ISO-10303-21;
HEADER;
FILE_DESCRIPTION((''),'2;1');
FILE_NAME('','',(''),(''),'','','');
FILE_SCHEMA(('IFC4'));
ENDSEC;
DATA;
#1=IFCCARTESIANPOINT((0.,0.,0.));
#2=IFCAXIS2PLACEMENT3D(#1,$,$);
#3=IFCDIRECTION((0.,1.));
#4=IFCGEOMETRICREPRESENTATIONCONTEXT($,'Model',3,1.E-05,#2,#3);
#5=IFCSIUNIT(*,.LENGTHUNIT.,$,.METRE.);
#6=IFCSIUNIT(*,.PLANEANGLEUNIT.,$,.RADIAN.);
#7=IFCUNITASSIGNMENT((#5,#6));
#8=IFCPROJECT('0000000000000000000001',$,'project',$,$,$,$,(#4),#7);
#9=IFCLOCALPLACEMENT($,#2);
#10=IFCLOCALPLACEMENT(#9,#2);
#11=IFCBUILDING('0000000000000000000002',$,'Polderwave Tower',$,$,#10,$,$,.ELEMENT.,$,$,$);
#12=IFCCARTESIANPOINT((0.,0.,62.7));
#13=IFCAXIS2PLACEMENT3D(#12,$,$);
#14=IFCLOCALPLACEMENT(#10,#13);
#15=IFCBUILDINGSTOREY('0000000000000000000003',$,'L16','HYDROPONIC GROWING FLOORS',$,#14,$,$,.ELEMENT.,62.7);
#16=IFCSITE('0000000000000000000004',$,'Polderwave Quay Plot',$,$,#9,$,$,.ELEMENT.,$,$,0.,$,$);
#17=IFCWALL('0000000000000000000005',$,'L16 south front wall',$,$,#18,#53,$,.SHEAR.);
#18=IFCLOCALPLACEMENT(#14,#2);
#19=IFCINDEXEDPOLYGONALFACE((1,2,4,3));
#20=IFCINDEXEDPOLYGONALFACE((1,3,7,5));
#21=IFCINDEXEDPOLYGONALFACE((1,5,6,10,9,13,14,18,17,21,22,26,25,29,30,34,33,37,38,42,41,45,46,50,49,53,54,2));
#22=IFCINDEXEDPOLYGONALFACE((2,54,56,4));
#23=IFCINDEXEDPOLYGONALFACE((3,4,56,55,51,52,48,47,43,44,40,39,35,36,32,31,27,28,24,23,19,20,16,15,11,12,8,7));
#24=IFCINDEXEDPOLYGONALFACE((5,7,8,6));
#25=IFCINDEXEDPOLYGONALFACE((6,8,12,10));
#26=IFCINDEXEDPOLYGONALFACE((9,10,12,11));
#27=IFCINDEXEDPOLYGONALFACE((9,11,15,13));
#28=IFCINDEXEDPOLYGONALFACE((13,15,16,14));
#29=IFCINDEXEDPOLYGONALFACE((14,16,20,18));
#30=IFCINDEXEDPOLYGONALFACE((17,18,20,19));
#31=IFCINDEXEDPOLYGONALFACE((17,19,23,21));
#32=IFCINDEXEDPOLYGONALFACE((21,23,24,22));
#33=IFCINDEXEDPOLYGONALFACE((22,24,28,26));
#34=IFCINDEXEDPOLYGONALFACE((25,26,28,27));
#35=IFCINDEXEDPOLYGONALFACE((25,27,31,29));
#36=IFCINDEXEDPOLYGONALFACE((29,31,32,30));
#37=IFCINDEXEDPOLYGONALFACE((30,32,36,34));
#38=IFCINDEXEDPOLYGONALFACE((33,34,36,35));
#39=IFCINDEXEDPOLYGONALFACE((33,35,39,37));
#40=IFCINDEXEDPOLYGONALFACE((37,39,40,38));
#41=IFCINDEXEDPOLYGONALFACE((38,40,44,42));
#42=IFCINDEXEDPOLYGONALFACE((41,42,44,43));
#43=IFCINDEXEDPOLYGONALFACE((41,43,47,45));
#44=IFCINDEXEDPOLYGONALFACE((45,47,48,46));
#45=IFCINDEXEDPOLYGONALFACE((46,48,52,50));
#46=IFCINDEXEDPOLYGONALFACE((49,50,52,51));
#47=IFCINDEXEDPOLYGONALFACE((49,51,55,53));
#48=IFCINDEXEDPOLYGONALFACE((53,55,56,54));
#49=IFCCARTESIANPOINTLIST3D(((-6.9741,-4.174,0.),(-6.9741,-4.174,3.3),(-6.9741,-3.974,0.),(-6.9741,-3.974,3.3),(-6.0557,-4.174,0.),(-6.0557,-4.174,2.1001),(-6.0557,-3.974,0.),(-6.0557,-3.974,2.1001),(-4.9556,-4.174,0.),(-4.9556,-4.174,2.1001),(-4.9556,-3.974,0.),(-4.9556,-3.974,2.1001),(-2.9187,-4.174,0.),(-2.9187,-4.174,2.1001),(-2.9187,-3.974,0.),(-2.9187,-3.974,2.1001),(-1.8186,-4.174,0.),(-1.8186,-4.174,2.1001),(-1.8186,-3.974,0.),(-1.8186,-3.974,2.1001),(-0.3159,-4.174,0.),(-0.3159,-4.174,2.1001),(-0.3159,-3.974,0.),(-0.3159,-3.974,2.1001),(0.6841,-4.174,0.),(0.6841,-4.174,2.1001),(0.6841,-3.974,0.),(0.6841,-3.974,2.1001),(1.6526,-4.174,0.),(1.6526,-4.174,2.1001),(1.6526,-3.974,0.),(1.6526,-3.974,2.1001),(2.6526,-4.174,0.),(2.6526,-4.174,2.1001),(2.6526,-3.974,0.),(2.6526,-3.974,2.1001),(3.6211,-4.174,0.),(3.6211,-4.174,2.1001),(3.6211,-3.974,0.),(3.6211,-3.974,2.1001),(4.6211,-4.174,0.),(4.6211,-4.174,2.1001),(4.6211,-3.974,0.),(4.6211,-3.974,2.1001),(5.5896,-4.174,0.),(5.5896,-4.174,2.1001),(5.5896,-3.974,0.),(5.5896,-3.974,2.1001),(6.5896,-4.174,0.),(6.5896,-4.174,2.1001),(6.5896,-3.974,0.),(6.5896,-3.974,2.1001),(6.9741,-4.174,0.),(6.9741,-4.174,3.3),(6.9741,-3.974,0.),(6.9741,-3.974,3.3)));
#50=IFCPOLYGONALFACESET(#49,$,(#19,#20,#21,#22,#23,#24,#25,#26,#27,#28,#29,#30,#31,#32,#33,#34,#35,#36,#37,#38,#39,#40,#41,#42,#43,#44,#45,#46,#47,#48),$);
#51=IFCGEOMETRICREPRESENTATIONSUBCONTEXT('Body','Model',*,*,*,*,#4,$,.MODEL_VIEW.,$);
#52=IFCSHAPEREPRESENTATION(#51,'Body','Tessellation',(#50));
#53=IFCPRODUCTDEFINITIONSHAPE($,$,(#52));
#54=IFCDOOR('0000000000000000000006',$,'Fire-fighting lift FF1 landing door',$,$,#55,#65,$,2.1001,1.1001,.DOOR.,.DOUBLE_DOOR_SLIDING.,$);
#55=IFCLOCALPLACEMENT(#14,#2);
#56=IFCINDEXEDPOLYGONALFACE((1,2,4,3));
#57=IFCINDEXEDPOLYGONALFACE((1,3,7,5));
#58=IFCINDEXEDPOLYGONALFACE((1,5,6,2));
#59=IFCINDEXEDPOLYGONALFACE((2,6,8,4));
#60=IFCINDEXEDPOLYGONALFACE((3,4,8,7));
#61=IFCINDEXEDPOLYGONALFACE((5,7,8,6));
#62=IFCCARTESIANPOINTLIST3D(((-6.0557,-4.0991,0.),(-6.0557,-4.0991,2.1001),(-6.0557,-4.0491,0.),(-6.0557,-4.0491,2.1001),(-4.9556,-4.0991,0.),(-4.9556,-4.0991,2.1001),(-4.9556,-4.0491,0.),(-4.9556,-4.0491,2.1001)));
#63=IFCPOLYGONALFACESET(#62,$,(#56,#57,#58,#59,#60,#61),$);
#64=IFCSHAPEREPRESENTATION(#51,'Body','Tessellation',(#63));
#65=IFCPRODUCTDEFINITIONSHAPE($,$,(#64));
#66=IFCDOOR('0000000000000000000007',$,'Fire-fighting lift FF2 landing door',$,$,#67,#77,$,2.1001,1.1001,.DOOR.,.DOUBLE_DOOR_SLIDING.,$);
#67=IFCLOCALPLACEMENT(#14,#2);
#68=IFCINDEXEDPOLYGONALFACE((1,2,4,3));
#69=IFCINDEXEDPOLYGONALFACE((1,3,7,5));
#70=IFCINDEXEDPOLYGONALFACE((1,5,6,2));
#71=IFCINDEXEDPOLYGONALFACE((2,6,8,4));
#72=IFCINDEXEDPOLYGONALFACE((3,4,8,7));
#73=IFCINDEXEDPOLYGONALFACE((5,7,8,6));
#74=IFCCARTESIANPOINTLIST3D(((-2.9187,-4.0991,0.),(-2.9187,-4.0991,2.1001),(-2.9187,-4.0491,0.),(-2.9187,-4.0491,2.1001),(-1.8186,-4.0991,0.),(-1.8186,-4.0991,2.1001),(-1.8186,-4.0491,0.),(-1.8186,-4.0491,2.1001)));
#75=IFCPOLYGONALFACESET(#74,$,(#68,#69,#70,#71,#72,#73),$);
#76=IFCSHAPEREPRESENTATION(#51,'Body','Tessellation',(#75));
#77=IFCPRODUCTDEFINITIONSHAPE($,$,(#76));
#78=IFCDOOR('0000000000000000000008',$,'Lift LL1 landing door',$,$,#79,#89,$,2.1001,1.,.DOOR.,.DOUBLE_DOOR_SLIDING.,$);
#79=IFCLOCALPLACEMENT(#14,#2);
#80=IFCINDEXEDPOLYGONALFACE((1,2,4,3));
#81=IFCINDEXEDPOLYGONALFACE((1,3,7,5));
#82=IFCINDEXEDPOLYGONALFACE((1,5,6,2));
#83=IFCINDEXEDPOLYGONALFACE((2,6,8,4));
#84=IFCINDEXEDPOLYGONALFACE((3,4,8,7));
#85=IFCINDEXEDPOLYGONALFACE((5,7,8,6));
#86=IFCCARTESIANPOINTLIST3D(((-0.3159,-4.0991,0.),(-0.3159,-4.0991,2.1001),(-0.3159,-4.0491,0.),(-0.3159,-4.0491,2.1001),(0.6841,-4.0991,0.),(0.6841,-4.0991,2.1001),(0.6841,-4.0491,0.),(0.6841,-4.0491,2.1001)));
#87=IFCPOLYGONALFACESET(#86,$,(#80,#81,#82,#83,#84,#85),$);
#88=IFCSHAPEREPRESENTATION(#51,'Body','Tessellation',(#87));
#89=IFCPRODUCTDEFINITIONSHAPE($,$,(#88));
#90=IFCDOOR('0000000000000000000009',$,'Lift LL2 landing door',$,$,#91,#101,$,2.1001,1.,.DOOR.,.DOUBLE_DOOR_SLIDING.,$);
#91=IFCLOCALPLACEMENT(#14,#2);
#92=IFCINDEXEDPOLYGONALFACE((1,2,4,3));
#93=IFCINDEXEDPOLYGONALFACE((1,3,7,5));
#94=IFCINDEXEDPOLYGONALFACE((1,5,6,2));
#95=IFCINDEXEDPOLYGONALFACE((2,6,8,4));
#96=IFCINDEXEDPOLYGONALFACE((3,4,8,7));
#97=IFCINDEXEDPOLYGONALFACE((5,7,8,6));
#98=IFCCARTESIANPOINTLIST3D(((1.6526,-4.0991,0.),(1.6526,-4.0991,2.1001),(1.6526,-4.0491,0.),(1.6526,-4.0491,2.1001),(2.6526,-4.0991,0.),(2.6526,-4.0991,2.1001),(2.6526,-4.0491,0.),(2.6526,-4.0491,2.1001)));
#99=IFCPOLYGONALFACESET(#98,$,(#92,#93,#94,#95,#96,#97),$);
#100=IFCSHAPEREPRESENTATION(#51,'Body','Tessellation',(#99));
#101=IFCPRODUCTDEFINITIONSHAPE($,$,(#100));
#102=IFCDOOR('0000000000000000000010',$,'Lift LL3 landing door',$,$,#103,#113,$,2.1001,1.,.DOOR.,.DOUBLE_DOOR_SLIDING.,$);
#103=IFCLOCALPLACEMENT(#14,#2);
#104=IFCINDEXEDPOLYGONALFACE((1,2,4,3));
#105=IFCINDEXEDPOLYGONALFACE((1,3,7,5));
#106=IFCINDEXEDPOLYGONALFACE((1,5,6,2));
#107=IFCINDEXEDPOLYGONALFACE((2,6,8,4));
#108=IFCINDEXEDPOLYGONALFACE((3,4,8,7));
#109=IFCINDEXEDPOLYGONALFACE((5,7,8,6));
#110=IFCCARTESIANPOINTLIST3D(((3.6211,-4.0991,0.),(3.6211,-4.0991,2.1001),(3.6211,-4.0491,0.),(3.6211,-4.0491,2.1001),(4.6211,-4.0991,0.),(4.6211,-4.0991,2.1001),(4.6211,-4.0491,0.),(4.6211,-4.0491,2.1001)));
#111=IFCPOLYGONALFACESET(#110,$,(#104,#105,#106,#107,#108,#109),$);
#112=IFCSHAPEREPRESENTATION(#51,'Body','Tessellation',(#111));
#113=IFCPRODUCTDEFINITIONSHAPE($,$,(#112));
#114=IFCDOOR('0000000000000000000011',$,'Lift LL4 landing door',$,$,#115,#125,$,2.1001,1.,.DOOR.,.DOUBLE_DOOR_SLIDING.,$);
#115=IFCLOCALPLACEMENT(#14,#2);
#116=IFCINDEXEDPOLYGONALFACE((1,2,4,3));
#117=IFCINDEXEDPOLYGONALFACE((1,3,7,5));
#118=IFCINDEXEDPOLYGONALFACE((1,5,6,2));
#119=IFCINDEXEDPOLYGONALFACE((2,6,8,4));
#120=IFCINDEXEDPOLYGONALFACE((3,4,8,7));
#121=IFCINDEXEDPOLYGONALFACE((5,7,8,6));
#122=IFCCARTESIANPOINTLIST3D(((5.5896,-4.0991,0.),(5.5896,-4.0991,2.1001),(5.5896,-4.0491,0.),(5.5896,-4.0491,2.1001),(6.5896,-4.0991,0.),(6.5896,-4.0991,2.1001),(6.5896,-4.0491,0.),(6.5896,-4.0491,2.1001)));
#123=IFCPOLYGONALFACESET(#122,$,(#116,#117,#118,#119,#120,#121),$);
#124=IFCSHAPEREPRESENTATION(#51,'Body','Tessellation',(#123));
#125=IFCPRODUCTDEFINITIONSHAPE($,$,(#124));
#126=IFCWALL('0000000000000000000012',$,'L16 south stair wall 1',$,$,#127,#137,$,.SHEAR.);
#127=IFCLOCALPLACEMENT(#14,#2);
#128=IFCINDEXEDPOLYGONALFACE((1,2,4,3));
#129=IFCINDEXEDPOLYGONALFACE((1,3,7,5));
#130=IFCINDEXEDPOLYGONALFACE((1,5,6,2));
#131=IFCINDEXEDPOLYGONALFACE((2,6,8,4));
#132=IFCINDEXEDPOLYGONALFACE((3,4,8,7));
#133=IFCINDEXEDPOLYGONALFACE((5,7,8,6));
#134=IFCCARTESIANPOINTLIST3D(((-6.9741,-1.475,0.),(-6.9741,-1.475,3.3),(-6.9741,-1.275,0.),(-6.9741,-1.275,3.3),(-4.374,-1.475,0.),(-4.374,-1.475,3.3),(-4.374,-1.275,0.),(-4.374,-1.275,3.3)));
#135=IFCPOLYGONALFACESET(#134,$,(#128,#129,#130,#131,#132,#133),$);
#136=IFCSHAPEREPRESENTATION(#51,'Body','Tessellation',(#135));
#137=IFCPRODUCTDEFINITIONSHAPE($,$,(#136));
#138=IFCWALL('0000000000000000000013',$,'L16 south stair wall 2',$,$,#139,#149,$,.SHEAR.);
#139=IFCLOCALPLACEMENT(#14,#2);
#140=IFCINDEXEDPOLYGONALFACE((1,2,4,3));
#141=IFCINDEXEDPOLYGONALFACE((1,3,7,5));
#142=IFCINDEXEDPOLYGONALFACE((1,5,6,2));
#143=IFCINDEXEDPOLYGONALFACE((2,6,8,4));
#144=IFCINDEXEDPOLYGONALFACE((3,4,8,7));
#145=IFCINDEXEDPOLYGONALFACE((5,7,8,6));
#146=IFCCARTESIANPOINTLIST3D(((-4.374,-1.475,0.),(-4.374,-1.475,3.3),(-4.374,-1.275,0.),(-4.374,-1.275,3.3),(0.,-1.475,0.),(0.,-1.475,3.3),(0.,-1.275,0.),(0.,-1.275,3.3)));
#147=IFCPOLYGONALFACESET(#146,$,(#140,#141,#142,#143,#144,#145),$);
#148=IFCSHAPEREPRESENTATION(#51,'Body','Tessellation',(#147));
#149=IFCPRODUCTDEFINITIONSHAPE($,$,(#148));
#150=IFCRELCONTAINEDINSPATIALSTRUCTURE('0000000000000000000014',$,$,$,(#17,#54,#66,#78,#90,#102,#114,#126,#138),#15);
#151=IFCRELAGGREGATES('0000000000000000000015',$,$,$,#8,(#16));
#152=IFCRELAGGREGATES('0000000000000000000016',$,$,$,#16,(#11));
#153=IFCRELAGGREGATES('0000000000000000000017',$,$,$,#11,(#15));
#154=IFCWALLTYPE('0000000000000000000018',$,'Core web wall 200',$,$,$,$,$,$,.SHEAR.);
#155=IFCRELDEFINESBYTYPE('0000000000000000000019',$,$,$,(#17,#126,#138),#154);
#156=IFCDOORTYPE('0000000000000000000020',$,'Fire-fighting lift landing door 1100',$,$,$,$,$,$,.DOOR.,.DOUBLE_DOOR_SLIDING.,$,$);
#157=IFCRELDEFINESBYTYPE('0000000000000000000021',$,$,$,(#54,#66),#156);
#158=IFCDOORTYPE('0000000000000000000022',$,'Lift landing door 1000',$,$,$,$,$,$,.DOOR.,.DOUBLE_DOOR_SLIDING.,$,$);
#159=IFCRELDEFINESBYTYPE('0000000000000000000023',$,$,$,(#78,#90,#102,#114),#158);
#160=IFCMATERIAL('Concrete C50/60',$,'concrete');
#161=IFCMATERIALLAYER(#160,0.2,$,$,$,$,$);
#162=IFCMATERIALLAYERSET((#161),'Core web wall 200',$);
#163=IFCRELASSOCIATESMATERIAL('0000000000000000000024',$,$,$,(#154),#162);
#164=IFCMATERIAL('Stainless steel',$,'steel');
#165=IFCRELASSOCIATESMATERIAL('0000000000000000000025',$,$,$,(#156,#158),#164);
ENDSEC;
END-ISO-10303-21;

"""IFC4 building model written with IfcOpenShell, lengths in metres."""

from ifc_helpers import new_model, si_unit, direction, frame, frame_2d, origin, place, context, subcontext, project, spatial, rectangle, extrude, material, layer, layer_set, type_object, element, fill, save


model = new_model("IFC4")

# Units and contexts
model_context = context("Model", 3, precision=1e-05, world=origin(), true_north=direction((0.0, 1.0)))
body_context = subcontext(model_context, "Body", "Model", "MODEL_VIEW")
ifc_project = project(units=[si_unit("LENGTHUNIT", "METRE"), si_unit("PLANEANGLEUNIT", "RADIAN")], contexts=[model_context])

# Site, building, storey
site_placement = place(None, origin())
site = spatial("IfcSite", under=ifc_project, at=site_placement, Name="Polderwave Quay Plot", CompositionType="ELEMENT", RefElevation=0.0)
building_placement = place(site_placement, origin())
building = spatial("IfcBuilding", under=site, at=building_placement, Name="Polderwave Tower", CompositionType="ELEMENT")
storey_placement = place(building_placement, frame((0.0, 0.0, 62.7)))
storey = spatial("IfcBuildingStorey", under=building, at=storey_placement, Name="L16", Description="HYDROPONIC GROWING FLOORS", CompositionType="ELEMENT", Elevation=62.7)

# Wall, openings, doors
ifc_material_1 = material(Name="Concrete C50/60", Category="concrete")
ifc_layer_1 = layer(ifc_material_1, 0.2)
ifc_layer_set_1 = layer_set([ifc_layer_1], Name="Core web wall 200")
wall_type_1 = type_object("IfcWallType", Name="Core web wall 200", PredefinedType="SHEAR", material=ifc_layer_set_1)
wall_1_placement = place(storey_placement, frame((-6.9741, -4.074, 0.0), z_axis=(0.0, 0.0, 1.0), x_axis=(1.0, 0.0, 0.0)))
wall_1 = element("IfcWall", 1, at=wall_1_placement, inside=storey, type_object=wall_type_1, Name="L16 south front wall", PredefinedType="SHEAR", context=body_context, shape_type="SweptSolid", body=[
    extrude(rectangle(XDim=13.9482, YDim=0.2, at=frame_2d((6.9741, 0.0))), origin(), (0.0, 0.0, 1.0), 3.3),
])
opening_1_placement = place(wall_1_placement, frame((0.9185, 0.0, 0.0)))
opening_1 = element("IfcOpeningElement", 2, at=opening_1_placement, cuts=wall_1, PredefinedType="OPENING", context=body_context, shape_type="SweptSolid", body=[
    extrude(rectangle(XDim=1.1001, YDim=2.1001, at=frame_2d((0.55, 1.05))), frame((0.0, 0.1099, 0.0), z_axis=(0.0, -1.0, 0.0), x_axis=(1.0, 0.0, 0.0)), (0.0, 0.0, 1.0), 0.22),
])
opening_2_placement = place(wall_1_placement, frame((4.0554, 0.0, 0.0)))
opening_2 = element("IfcOpeningElement", 3, at=opening_2_placement, cuts=wall_1, PredefinedType="OPENING", context=body_context, shape_type="SweptSolid", body=[
    extrude(rectangle(XDim=1.1001, YDim=2.1001, at=frame_2d((0.55, 1.05))), frame((0.0, 0.1099, 0.0), z_axis=(0.0, -1.0, 0.0), x_axis=(1.0, 0.0, 0.0)), (0.0, 0.0, 1.0), 0.22),
])
opening_3_placement = place(wall_1_placement, frame((6.6582, 0.0, 0.0)))
opening_3 = element("IfcOpeningElement", 4, at=opening_3_placement, cuts=wall_1, PredefinedType="OPENING", context=body_context, shape_type="SweptSolid", body=[
    extrude(rectangle(XDim=1.0, YDim=2.1001, at=frame_2d((0.5, 1.05))), frame((0.0, 0.1099, 0.0), z_axis=(0.0, -1.0, 0.0), x_axis=(1.0, 0.0, 0.0)), (0.0, 0.0, 1.0), 0.22),
])
opening_4_placement = place(wall_1_placement, frame((8.6267, 0.0, 0.0)))
opening_4 = element("IfcOpeningElement", 5, at=opening_4_placement, cuts=wall_1, PredefinedType="OPENING", context=body_context, shape_type="SweptSolid", body=[
    extrude(rectangle(XDim=1.0, YDim=2.1001, at=frame_2d((0.5, 1.05))), frame((0.0, 0.1099, 0.0), z_axis=(0.0, -1.0, 0.0), x_axis=(1.0, 0.0, 0.0)), (0.0, 0.0, 1.0), 0.22),
])
opening_5_placement = place(wall_1_placement, frame((10.5952, 0.0, 0.0)))
opening_5 = element("IfcOpeningElement", 6, at=opening_5_placement, cuts=wall_1, PredefinedType="OPENING", context=body_context, shape_type="SweptSolid", body=[
    extrude(rectangle(XDim=1.0, YDim=2.1001, at=frame_2d((0.5, 1.05))), frame((0.0, 0.1099, 0.0), z_axis=(0.0, -1.0, 0.0), x_axis=(1.0, 0.0, 0.0)), (0.0, 0.0, 1.0), 0.22),
])
opening_6_placement = place(wall_1_placement, frame((12.5637, 0.0, 0.0)))
opening_6 = element("IfcOpeningElement", 7, at=opening_6_placement, cuts=wall_1, PredefinedType="OPENING", context=body_context, shape_type="SweptSolid", body=[
    extrude(rectangle(XDim=1.0, YDim=2.1001, at=frame_2d((0.5, 1.05))), frame((0.0, 0.1099, 0.0), z_axis=(0.0, -1.0, 0.0), x_axis=(1.0, 0.0, 0.0)), (0.0, 0.0, 1.0), 0.22),
])
ifc_material_2 = material(Name="Stainless steel", Category="steel")
door_type_1 = type_object("IfcDoorType", Name="Fire-fighting lift landing door 1100", OperationType="DOUBLE_DOOR_SLIDING", PredefinedType="DOOR", material=ifc_material_2)
door_1_placement = place(opening_1_placement, origin())
door_1 = element("IfcDoor", 8, at=door_1_placement, inside=storey, type_object=door_type_1, Name="Fire-fighting lift FF1 landing door", OperationType="DOUBLE_DOOR_SLIDING", OverallHeight=2.1001, OverallWidth=1.1001, PredefinedType="DOOR", context=body_context, shape_type="SweptSolid", body=[
    extrude(rectangle(XDim=1.1001, YDim=2.1001, at=frame_2d((0.55, 1.05))), frame((0.0, 0.0249, 0.0), z_axis=(0.0, -1.0, 0.0), x_axis=(1.0, 0.0, 0.0)), (0.0, 0.0, 1.0), 0.05),
])
fill(opening_1, door_1)
door_2_placement = place(opening_2_placement, origin())
door_2 = element("IfcDoor", 9, at=door_2_placement, inside=storey, type_object=door_type_1, Name="Fire-fighting lift FF2 landing door", OperationType="DOUBLE_DOOR_SLIDING", OverallHeight=2.1001, OverallWidth=1.1001, PredefinedType="DOOR", context=body_context, shape_type="SweptSolid", body=[
    extrude(rectangle(XDim=1.1001, YDim=2.1001, at=frame_2d((0.55, 1.05))), frame((0.0, 0.0249, 0.0), z_axis=(0.0, -1.0, 0.0), x_axis=(1.0, 0.0, 0.0)), (0.0, 0.0, 1.0), 0.05),
])
fill(opening_2, door_2)
door_type_2 = type_object("IfcDoorType", Name="Lift landing door 1000", OperationType="DOUBLE_DOOR_SLIDING", PredefinedType="DOOR", material=ifc_material_2)
door_3_placement = place(opening_3_placement, origin())
door_3 = element("IfcDoor", 10, at=door_3_placement, inside=storey, type_object=door_type_2, Name="Lift LL1 landing door", OperationType="DOUBLE_DOOR_SLIDING", OverallHeight=2.1001, OverallWidth=1.0, PredefinedType="DOOR", context=body_context, shape_type="SweptSolid", body=[
    extrude(rectangle(XDim=1.0, YDim=2.1001, at=frame_2d((0.5, 1.05))), frame((0.0, 0.0249, 0.0), z_axis=(0.0, -1.0, 0.0), x_axis=(1.0, 0.0, 0.0)), (0.0, 0.0, 1.0), 0.05),
])
fill(opening_3, door_3)
door_4_placement = place(opening_4_placement, origin())
door_4 = element("IfcDoor", 11, at=door_4_placement, inside=storey, type_object=door_type_2, Name="Lift LL2 landing door", OperationType="DOUBLE_DOOR_SLIDING", OverallHeight=2.1001, OverallWidth=1.0, PredefinedType="DOOR", context=body_context, shape_type="SweptSolid", body=[
    extrude(rectangle(XDim=1.0, YDim=2.1001, at=frame_2d((0.5, 1.05))), frame((0.0, 0.0249, 0.0), z_axis=(0.0, -1.0, 0.0), x_axis=(1.0, 0.0, 0.0)), (0.0, 0.0, 1.0), 0.05),
])
fill(opening_4, door_4)
door_5_placement = place(opening_5_placement, origin())
door_5 = element("IfcDoor", 12, at=door_5_placement, inside=storey, type_object=door_type_2, Name="Lift LL3 landing door", OperationType="DOUBLE_DOOR_SLIDING", OverallHeight=2.1001, OverallWidth=1.0, PredefinedType="DOOR", context=body_context, shape_type="SweptSolid", body=[
    extrude(rectangle(XDim=1.0, YDim=2.1001, at=frame_2d((0.5, 1.05))), frame((0.0, 0.0249, 0.0), z_axis=(0.0, -1.0, 0.0), x_axis=(1.0, 0.0, 0.0)), (0.0, 0.0, 1.0), 0.05),
])
fill(opening_5, door_5)
door_6_placement = place(opening_6_placement, origin())
door_6 = element("IfcDoor", 13, at=door_6_placement, inside=storey, type_object=door_type_2, Name="Lift LL4 landing door", OperationType="DOUBLE_DOOR_SLIDING", OverallHeight=2.1001, OverallWidth=1.0, PredefinedType="DOOR", context=body_context, shape_type="SweptSolid", body=[
    extrude(rectangle(XDim=1.0, YDim=2.1001, at=frame_2d((0.5, 1.05))), frame((0.0, 0.0249, 0.0), z_axis=(0.0, -1.0, 0.0), x_axis=(1.0, 0.0, 0.0)), (0.0, 0.0, 1.0), 0.05),
])
fill(opening_6, door_6)

# Walls
wall_2_placement = place(storey_placement, frame((-6.9741, -1.375, 0.0), z_axis=(0.0, 0.0, 1.0), x_axis=(1.0, 0.0, 0.0)))
element("IfcWall", 14, at=wall_2_placement, inside=storey, type_object=wall_type_1, Name="L16 south stair wall 1", PredefinedType="SHEAR", context=body_context, shape_type="SweptSolid", body=[
    extrude(rectangle(XDim=2.6001, YDim=0.2, at=frame_2d((1.3, 0.0))), origin(), (0.0, 0.0, 1.0), 3.3),
])
wall_3_placement = place(storey_placement, frame((-4.374, -1.375, 0.0), z_axis=(0.0, 0.0, 1.0), x_axis=(1.0, 0.0, 0.0)))
element("IfcWall", 15, at=wall_3_placement, inside=storey, type_object=wall_type_1, Name="L16 south stair wall 2", PredefinedType="SHEAR", context=body_context, shape_type="SweptSolid", body=[
    extrude(rectangle(XDim=4.374, YDim=0.2, at=frame_2d((2.187, 0.0))), origin(), (0.0, 0.0, 1.0), 3.3),
])

save(model, "model.ifc")
